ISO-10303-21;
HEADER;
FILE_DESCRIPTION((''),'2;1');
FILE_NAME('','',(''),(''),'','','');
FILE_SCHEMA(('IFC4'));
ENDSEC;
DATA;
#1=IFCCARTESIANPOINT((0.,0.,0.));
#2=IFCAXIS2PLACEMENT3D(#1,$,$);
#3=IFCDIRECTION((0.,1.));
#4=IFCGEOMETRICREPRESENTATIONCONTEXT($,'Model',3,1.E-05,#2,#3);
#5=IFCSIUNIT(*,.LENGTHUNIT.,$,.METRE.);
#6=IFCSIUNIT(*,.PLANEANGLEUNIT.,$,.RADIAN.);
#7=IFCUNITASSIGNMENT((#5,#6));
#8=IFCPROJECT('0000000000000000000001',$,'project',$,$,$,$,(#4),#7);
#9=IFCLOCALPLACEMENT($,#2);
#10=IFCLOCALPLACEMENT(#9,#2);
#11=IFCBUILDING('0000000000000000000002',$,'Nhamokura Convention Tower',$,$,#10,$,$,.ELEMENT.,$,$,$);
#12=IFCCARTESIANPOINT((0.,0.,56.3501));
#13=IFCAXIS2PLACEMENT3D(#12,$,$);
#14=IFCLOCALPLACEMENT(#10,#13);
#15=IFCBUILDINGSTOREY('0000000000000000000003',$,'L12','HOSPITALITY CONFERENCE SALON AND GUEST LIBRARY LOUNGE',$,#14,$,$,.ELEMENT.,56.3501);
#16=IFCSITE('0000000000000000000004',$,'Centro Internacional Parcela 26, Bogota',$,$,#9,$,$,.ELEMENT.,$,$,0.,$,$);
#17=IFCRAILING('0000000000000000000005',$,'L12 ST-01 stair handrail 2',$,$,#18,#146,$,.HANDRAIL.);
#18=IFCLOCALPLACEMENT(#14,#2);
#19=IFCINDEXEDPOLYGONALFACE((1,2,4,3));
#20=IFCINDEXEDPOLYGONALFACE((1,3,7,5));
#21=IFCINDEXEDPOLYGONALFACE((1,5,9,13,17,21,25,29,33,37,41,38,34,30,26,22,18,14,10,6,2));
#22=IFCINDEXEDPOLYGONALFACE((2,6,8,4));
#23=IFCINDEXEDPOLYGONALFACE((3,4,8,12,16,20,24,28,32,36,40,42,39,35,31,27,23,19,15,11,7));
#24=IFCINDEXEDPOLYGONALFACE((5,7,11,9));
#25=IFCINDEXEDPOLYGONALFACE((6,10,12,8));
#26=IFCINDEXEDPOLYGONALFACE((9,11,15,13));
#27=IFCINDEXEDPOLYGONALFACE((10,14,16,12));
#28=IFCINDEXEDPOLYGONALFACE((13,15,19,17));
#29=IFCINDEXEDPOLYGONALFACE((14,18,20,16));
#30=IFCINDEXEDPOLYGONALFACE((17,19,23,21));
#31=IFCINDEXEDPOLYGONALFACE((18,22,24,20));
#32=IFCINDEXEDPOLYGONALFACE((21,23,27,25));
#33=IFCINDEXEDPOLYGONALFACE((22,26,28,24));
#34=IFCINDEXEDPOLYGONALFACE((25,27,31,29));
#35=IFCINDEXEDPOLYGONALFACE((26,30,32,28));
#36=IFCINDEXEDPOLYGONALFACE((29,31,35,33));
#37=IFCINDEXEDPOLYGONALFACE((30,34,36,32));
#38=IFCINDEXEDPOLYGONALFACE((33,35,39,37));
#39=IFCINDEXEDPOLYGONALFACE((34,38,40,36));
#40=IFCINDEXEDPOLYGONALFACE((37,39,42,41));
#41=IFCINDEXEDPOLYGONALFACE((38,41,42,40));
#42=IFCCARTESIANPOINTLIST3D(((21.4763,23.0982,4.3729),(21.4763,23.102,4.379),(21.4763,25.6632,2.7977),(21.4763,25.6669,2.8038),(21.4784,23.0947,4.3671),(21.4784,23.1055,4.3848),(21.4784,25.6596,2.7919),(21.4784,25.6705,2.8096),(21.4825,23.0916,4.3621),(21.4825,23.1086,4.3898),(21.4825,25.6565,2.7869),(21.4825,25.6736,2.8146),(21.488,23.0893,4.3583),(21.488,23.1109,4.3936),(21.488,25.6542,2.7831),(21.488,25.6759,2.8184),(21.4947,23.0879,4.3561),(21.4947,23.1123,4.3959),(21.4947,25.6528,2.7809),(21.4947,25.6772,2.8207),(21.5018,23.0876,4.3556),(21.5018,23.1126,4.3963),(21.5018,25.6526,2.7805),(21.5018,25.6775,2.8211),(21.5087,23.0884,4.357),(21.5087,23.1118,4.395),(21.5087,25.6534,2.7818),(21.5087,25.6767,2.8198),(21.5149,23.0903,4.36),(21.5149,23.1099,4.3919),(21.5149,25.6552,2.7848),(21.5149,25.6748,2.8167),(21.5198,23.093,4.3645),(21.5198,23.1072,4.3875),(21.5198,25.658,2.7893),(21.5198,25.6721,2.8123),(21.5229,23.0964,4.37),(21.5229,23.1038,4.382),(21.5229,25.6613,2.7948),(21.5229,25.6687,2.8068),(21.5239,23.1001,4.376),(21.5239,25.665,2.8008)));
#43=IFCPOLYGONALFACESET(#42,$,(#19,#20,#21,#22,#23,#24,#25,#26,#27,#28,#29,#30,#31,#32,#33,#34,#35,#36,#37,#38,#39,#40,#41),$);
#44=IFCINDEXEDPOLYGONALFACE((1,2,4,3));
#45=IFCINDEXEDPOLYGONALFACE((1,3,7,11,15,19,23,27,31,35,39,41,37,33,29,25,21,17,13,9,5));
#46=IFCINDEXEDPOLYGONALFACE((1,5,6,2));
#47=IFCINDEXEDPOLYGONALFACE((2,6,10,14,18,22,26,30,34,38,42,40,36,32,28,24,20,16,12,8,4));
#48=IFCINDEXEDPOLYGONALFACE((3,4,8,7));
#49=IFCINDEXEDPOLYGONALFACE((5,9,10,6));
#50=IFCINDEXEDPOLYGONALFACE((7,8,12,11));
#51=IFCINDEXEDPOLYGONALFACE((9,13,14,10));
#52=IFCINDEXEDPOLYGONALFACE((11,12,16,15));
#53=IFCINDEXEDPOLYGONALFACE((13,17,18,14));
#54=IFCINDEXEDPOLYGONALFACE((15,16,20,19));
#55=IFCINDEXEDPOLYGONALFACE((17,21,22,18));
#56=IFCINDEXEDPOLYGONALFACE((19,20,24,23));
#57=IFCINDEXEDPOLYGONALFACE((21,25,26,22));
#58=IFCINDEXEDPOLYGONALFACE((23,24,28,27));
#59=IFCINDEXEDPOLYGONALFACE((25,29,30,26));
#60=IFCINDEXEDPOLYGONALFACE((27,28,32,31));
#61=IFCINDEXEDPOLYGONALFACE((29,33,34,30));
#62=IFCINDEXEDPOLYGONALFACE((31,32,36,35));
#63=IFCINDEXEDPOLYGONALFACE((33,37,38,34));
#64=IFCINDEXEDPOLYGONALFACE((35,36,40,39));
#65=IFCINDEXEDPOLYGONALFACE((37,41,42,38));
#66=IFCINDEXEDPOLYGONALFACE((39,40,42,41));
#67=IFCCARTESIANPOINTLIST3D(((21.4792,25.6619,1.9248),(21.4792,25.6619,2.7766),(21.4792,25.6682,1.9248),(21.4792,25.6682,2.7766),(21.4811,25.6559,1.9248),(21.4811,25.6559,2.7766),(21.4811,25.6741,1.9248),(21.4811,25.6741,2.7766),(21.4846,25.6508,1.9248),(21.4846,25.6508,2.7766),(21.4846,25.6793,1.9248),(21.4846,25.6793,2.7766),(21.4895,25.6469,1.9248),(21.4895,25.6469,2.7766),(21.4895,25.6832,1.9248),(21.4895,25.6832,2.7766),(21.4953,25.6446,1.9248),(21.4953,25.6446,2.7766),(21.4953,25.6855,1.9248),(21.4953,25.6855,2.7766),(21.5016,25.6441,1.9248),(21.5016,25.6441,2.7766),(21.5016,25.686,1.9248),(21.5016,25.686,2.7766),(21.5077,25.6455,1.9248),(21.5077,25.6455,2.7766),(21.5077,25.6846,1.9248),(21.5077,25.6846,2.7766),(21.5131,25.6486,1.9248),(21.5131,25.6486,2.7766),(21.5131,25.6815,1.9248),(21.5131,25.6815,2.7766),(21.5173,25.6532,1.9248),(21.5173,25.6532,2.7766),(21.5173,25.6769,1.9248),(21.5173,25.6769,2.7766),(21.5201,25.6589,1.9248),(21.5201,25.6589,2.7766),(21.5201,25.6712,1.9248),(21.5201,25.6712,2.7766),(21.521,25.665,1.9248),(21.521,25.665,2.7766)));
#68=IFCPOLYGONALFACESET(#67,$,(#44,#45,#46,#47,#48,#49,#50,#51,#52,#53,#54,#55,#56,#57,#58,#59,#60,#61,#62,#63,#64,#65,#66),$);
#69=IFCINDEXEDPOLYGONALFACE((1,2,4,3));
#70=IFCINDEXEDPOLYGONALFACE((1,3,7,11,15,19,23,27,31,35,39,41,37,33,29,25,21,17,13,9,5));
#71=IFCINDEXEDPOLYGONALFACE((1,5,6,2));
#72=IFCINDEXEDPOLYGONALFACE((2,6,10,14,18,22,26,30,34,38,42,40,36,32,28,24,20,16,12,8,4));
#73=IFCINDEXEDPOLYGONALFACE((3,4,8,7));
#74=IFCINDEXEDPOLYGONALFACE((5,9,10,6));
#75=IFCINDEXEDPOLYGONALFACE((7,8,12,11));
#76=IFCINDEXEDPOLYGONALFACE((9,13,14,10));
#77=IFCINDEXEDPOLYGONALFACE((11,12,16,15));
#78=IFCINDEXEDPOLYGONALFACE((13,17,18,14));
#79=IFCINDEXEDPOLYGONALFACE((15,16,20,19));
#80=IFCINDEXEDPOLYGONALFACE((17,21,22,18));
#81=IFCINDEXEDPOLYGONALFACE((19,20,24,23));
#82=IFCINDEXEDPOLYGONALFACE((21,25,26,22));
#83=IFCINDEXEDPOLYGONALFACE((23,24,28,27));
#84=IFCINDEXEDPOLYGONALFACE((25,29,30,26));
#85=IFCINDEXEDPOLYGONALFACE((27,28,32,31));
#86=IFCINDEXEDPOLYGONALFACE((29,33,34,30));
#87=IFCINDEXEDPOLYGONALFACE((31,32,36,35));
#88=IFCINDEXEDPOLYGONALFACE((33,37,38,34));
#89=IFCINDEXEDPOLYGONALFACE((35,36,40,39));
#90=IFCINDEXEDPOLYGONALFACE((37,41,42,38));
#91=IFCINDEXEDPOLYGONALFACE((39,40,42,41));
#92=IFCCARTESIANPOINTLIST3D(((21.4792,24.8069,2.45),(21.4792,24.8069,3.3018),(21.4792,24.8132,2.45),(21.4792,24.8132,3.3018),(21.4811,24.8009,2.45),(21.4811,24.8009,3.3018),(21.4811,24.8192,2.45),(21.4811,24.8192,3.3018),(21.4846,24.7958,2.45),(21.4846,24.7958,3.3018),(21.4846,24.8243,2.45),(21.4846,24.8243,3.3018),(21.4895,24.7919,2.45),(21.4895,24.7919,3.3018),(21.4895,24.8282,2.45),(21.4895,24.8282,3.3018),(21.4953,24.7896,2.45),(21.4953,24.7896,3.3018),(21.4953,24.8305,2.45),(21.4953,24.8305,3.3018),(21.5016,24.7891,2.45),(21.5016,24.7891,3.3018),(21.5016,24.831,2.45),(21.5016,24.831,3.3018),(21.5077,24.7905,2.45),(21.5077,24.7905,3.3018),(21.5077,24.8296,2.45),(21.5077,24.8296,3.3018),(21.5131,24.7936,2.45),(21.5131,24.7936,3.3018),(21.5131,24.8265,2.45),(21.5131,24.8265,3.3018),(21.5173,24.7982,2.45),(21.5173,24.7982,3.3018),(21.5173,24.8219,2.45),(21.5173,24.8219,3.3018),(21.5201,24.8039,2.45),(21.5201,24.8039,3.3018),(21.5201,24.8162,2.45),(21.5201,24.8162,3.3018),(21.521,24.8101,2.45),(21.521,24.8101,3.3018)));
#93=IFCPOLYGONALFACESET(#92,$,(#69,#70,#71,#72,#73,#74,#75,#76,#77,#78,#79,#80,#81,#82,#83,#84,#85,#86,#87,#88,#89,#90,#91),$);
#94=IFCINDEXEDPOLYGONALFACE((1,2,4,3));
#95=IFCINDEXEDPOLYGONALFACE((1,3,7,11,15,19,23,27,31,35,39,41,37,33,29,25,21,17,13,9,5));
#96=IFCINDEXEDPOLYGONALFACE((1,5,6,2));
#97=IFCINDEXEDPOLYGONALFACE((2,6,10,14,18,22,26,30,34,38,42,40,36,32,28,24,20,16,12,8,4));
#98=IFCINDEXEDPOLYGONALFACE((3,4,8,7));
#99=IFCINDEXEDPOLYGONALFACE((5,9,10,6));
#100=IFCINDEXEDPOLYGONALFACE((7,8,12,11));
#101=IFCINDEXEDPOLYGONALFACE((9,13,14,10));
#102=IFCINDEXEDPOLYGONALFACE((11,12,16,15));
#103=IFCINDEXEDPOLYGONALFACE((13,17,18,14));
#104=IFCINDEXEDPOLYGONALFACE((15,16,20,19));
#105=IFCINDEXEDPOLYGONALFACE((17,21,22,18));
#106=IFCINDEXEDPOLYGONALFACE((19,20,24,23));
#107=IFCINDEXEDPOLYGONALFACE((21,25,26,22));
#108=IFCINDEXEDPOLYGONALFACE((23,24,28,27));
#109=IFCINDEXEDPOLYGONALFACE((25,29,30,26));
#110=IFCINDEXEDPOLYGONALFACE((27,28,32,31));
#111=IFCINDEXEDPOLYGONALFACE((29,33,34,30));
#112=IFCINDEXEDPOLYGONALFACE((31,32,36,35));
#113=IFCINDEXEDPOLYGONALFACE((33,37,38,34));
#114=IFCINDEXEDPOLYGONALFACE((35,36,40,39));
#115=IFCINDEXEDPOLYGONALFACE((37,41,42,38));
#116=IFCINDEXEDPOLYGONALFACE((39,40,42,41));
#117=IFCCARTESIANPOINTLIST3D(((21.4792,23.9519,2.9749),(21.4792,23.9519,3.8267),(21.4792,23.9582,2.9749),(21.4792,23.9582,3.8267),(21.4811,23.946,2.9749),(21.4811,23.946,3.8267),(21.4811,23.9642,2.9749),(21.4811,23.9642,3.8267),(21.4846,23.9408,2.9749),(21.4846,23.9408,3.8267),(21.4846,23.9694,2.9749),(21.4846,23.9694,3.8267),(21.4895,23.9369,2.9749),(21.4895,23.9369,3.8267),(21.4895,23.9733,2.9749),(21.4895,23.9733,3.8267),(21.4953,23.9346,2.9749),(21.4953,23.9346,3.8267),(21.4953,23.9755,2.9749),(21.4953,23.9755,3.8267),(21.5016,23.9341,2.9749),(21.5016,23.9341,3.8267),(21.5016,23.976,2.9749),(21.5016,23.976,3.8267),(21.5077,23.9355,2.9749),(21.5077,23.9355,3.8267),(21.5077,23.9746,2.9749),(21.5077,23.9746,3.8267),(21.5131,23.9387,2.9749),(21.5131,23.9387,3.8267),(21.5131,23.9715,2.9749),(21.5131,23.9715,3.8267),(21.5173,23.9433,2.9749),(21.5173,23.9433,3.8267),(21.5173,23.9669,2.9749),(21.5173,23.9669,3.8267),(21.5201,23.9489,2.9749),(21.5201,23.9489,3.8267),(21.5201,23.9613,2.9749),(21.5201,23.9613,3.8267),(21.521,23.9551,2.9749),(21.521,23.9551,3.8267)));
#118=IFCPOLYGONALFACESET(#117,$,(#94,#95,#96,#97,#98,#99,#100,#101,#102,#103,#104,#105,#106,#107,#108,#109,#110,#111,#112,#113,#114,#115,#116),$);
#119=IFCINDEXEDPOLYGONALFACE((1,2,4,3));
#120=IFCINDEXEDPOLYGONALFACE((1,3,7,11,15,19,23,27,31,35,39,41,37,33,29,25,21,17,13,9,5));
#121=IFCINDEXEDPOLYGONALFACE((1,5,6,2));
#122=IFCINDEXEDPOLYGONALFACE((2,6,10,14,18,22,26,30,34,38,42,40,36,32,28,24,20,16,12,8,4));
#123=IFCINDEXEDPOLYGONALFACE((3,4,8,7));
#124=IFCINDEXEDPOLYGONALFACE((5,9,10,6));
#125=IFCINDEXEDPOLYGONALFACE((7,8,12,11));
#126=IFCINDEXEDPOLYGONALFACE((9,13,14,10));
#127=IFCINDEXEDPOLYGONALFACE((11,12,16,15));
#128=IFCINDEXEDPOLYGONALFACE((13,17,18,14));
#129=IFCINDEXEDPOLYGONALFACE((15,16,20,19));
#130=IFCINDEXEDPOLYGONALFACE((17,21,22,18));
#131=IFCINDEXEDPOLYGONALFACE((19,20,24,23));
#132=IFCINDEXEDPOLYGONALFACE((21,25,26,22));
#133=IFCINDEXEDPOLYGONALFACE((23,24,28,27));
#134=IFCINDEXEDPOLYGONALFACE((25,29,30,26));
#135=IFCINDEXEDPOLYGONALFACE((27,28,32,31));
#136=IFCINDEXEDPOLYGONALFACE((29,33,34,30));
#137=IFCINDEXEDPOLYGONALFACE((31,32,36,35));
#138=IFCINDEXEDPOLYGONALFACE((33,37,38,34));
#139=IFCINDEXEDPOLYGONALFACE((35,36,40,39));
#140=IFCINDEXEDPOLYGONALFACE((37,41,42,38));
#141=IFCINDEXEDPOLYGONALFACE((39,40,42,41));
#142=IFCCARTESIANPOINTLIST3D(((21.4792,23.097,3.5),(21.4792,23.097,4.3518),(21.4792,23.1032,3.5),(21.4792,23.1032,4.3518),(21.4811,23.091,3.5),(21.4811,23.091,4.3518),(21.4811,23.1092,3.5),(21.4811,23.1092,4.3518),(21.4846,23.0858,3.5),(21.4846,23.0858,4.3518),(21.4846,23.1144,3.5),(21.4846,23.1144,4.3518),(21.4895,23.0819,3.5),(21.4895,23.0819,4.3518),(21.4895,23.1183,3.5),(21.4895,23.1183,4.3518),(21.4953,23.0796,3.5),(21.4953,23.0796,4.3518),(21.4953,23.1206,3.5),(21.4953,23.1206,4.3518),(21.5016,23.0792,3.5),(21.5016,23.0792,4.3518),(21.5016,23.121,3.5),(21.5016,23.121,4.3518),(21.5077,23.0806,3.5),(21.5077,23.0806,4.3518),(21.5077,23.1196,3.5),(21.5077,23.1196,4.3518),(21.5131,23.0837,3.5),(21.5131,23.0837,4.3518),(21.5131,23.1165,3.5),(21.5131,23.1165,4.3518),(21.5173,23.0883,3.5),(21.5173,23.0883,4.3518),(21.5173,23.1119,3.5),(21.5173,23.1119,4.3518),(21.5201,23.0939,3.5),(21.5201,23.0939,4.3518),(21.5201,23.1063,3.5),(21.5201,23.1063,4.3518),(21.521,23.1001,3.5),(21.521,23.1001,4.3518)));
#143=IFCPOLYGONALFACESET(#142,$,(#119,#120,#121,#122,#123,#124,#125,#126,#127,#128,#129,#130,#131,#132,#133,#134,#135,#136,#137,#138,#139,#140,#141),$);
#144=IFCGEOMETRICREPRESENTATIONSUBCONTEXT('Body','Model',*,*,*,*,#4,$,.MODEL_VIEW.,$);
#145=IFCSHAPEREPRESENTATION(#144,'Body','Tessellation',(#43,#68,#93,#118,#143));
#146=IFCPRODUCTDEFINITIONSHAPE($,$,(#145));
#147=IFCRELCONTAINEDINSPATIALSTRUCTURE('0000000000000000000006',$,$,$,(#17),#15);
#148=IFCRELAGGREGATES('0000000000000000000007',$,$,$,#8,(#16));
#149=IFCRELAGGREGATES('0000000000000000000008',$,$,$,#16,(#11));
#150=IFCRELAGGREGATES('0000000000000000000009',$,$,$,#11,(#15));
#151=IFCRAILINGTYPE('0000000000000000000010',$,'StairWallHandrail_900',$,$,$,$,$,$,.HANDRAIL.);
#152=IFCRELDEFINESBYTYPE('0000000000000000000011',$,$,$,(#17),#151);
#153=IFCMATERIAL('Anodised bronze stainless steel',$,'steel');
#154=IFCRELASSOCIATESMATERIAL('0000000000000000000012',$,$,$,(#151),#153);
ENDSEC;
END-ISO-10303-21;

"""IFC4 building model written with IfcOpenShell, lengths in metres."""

from ifc_helpers import new_model, si_unit, direction, frame, origin, origin_2d, place, context, subcontext, project, spatial, circle, extrude, material, type_object, element, save


model = new_model("IFC4")

# Units and contexts
model_context = context("Model", 3, precision=1e-05, world=origin(), true_north=direction((0.0, 1.0)))
body_context = subcontext(model_context, "Body", "Model", "MODEL_VIEW")
ifc_project = project(units=[si_unit("LENGTHUNIT", "METRE"), si_unit("PLANEANGLEUNIT", "RADIAN")], contexts=[model_context])

# Site, building, storey
site_placement = place(None, origin())
site = spatial("IfcSite", under=ifc_project, at=site_placement, Name="Centro Internacional Parcela 26, Bogota", CompositionType="ELEMENT", RefElevation=0.0)
building_placement = place(site_placement, origin())
building = spatial("IfcBuilding", under=site, at=building_placement, Name="Nhamokura Convention Tower", CompositionType="ELEMENT")
storey_placement = place(building_placement, frame((0.0, 0.0, 56.3501)))
storey = spatial("IfcBuildingStorey", under=building, at=storey_placement, Name="L12", Description="HOSPITALITY CONFERENCE SALON AND GUEST LIBRARY LOUNGE", CompositionType="ELEMENT", Elevation=56.3501)

# Railing
ifc_material_1 = material(Name="Anodised bronze stainless steel", Category="steel")
railing_type_1 = type_object("IfcRailingType", Name="StairWallHandrail_900", PredefinedType="HANDRAIL", material=ifc_material_1)
railing_1_placement = place(storey_placement, frame((21.5, 25.665, 1.9248)))
element("IfcRailing", 1, at=railing_1_placement, inside=storey, type_object=railing_type_1, Name="L12 ST-01 stair handrail 2", PredefinedType="HANDRAIL", context=body_context, shape_type="SweptSolid", body=[
    extrude(circle(Radius=0.0239, at=origin_2d()), frame((0.0, 0.0, 0.876), z_axis=(0.0, -0.852137, 0.523319), x_axis=(1.0, 0.0, 0.0)), (0.0, 0.0, 1.0), 3.01),
    extrude(circle(Radius=0.021, at=origin_2d()), origin(), (0.0, 0.0, 1.0), 0.8518),
    extrude(circle(Radius=0.021, at=origin_2d()), frame((0.0, -0.855, 0.5251)), (0.0, 0.0, 1.0), 0.8518),
    extrude(circle(Radius=0.021, at=origin_2d()), frame((0.0, -1.71, 1.05)), (0.0, 0.0, 1.0), 0.8518),
    extrude(circle(Radius=0.021, at=origin_2d()), frame((0.0, -2.5649, 1.5752)), (0.0, 0.0, 1.0), 0.8518),
])

save(model, "model.ifc")
